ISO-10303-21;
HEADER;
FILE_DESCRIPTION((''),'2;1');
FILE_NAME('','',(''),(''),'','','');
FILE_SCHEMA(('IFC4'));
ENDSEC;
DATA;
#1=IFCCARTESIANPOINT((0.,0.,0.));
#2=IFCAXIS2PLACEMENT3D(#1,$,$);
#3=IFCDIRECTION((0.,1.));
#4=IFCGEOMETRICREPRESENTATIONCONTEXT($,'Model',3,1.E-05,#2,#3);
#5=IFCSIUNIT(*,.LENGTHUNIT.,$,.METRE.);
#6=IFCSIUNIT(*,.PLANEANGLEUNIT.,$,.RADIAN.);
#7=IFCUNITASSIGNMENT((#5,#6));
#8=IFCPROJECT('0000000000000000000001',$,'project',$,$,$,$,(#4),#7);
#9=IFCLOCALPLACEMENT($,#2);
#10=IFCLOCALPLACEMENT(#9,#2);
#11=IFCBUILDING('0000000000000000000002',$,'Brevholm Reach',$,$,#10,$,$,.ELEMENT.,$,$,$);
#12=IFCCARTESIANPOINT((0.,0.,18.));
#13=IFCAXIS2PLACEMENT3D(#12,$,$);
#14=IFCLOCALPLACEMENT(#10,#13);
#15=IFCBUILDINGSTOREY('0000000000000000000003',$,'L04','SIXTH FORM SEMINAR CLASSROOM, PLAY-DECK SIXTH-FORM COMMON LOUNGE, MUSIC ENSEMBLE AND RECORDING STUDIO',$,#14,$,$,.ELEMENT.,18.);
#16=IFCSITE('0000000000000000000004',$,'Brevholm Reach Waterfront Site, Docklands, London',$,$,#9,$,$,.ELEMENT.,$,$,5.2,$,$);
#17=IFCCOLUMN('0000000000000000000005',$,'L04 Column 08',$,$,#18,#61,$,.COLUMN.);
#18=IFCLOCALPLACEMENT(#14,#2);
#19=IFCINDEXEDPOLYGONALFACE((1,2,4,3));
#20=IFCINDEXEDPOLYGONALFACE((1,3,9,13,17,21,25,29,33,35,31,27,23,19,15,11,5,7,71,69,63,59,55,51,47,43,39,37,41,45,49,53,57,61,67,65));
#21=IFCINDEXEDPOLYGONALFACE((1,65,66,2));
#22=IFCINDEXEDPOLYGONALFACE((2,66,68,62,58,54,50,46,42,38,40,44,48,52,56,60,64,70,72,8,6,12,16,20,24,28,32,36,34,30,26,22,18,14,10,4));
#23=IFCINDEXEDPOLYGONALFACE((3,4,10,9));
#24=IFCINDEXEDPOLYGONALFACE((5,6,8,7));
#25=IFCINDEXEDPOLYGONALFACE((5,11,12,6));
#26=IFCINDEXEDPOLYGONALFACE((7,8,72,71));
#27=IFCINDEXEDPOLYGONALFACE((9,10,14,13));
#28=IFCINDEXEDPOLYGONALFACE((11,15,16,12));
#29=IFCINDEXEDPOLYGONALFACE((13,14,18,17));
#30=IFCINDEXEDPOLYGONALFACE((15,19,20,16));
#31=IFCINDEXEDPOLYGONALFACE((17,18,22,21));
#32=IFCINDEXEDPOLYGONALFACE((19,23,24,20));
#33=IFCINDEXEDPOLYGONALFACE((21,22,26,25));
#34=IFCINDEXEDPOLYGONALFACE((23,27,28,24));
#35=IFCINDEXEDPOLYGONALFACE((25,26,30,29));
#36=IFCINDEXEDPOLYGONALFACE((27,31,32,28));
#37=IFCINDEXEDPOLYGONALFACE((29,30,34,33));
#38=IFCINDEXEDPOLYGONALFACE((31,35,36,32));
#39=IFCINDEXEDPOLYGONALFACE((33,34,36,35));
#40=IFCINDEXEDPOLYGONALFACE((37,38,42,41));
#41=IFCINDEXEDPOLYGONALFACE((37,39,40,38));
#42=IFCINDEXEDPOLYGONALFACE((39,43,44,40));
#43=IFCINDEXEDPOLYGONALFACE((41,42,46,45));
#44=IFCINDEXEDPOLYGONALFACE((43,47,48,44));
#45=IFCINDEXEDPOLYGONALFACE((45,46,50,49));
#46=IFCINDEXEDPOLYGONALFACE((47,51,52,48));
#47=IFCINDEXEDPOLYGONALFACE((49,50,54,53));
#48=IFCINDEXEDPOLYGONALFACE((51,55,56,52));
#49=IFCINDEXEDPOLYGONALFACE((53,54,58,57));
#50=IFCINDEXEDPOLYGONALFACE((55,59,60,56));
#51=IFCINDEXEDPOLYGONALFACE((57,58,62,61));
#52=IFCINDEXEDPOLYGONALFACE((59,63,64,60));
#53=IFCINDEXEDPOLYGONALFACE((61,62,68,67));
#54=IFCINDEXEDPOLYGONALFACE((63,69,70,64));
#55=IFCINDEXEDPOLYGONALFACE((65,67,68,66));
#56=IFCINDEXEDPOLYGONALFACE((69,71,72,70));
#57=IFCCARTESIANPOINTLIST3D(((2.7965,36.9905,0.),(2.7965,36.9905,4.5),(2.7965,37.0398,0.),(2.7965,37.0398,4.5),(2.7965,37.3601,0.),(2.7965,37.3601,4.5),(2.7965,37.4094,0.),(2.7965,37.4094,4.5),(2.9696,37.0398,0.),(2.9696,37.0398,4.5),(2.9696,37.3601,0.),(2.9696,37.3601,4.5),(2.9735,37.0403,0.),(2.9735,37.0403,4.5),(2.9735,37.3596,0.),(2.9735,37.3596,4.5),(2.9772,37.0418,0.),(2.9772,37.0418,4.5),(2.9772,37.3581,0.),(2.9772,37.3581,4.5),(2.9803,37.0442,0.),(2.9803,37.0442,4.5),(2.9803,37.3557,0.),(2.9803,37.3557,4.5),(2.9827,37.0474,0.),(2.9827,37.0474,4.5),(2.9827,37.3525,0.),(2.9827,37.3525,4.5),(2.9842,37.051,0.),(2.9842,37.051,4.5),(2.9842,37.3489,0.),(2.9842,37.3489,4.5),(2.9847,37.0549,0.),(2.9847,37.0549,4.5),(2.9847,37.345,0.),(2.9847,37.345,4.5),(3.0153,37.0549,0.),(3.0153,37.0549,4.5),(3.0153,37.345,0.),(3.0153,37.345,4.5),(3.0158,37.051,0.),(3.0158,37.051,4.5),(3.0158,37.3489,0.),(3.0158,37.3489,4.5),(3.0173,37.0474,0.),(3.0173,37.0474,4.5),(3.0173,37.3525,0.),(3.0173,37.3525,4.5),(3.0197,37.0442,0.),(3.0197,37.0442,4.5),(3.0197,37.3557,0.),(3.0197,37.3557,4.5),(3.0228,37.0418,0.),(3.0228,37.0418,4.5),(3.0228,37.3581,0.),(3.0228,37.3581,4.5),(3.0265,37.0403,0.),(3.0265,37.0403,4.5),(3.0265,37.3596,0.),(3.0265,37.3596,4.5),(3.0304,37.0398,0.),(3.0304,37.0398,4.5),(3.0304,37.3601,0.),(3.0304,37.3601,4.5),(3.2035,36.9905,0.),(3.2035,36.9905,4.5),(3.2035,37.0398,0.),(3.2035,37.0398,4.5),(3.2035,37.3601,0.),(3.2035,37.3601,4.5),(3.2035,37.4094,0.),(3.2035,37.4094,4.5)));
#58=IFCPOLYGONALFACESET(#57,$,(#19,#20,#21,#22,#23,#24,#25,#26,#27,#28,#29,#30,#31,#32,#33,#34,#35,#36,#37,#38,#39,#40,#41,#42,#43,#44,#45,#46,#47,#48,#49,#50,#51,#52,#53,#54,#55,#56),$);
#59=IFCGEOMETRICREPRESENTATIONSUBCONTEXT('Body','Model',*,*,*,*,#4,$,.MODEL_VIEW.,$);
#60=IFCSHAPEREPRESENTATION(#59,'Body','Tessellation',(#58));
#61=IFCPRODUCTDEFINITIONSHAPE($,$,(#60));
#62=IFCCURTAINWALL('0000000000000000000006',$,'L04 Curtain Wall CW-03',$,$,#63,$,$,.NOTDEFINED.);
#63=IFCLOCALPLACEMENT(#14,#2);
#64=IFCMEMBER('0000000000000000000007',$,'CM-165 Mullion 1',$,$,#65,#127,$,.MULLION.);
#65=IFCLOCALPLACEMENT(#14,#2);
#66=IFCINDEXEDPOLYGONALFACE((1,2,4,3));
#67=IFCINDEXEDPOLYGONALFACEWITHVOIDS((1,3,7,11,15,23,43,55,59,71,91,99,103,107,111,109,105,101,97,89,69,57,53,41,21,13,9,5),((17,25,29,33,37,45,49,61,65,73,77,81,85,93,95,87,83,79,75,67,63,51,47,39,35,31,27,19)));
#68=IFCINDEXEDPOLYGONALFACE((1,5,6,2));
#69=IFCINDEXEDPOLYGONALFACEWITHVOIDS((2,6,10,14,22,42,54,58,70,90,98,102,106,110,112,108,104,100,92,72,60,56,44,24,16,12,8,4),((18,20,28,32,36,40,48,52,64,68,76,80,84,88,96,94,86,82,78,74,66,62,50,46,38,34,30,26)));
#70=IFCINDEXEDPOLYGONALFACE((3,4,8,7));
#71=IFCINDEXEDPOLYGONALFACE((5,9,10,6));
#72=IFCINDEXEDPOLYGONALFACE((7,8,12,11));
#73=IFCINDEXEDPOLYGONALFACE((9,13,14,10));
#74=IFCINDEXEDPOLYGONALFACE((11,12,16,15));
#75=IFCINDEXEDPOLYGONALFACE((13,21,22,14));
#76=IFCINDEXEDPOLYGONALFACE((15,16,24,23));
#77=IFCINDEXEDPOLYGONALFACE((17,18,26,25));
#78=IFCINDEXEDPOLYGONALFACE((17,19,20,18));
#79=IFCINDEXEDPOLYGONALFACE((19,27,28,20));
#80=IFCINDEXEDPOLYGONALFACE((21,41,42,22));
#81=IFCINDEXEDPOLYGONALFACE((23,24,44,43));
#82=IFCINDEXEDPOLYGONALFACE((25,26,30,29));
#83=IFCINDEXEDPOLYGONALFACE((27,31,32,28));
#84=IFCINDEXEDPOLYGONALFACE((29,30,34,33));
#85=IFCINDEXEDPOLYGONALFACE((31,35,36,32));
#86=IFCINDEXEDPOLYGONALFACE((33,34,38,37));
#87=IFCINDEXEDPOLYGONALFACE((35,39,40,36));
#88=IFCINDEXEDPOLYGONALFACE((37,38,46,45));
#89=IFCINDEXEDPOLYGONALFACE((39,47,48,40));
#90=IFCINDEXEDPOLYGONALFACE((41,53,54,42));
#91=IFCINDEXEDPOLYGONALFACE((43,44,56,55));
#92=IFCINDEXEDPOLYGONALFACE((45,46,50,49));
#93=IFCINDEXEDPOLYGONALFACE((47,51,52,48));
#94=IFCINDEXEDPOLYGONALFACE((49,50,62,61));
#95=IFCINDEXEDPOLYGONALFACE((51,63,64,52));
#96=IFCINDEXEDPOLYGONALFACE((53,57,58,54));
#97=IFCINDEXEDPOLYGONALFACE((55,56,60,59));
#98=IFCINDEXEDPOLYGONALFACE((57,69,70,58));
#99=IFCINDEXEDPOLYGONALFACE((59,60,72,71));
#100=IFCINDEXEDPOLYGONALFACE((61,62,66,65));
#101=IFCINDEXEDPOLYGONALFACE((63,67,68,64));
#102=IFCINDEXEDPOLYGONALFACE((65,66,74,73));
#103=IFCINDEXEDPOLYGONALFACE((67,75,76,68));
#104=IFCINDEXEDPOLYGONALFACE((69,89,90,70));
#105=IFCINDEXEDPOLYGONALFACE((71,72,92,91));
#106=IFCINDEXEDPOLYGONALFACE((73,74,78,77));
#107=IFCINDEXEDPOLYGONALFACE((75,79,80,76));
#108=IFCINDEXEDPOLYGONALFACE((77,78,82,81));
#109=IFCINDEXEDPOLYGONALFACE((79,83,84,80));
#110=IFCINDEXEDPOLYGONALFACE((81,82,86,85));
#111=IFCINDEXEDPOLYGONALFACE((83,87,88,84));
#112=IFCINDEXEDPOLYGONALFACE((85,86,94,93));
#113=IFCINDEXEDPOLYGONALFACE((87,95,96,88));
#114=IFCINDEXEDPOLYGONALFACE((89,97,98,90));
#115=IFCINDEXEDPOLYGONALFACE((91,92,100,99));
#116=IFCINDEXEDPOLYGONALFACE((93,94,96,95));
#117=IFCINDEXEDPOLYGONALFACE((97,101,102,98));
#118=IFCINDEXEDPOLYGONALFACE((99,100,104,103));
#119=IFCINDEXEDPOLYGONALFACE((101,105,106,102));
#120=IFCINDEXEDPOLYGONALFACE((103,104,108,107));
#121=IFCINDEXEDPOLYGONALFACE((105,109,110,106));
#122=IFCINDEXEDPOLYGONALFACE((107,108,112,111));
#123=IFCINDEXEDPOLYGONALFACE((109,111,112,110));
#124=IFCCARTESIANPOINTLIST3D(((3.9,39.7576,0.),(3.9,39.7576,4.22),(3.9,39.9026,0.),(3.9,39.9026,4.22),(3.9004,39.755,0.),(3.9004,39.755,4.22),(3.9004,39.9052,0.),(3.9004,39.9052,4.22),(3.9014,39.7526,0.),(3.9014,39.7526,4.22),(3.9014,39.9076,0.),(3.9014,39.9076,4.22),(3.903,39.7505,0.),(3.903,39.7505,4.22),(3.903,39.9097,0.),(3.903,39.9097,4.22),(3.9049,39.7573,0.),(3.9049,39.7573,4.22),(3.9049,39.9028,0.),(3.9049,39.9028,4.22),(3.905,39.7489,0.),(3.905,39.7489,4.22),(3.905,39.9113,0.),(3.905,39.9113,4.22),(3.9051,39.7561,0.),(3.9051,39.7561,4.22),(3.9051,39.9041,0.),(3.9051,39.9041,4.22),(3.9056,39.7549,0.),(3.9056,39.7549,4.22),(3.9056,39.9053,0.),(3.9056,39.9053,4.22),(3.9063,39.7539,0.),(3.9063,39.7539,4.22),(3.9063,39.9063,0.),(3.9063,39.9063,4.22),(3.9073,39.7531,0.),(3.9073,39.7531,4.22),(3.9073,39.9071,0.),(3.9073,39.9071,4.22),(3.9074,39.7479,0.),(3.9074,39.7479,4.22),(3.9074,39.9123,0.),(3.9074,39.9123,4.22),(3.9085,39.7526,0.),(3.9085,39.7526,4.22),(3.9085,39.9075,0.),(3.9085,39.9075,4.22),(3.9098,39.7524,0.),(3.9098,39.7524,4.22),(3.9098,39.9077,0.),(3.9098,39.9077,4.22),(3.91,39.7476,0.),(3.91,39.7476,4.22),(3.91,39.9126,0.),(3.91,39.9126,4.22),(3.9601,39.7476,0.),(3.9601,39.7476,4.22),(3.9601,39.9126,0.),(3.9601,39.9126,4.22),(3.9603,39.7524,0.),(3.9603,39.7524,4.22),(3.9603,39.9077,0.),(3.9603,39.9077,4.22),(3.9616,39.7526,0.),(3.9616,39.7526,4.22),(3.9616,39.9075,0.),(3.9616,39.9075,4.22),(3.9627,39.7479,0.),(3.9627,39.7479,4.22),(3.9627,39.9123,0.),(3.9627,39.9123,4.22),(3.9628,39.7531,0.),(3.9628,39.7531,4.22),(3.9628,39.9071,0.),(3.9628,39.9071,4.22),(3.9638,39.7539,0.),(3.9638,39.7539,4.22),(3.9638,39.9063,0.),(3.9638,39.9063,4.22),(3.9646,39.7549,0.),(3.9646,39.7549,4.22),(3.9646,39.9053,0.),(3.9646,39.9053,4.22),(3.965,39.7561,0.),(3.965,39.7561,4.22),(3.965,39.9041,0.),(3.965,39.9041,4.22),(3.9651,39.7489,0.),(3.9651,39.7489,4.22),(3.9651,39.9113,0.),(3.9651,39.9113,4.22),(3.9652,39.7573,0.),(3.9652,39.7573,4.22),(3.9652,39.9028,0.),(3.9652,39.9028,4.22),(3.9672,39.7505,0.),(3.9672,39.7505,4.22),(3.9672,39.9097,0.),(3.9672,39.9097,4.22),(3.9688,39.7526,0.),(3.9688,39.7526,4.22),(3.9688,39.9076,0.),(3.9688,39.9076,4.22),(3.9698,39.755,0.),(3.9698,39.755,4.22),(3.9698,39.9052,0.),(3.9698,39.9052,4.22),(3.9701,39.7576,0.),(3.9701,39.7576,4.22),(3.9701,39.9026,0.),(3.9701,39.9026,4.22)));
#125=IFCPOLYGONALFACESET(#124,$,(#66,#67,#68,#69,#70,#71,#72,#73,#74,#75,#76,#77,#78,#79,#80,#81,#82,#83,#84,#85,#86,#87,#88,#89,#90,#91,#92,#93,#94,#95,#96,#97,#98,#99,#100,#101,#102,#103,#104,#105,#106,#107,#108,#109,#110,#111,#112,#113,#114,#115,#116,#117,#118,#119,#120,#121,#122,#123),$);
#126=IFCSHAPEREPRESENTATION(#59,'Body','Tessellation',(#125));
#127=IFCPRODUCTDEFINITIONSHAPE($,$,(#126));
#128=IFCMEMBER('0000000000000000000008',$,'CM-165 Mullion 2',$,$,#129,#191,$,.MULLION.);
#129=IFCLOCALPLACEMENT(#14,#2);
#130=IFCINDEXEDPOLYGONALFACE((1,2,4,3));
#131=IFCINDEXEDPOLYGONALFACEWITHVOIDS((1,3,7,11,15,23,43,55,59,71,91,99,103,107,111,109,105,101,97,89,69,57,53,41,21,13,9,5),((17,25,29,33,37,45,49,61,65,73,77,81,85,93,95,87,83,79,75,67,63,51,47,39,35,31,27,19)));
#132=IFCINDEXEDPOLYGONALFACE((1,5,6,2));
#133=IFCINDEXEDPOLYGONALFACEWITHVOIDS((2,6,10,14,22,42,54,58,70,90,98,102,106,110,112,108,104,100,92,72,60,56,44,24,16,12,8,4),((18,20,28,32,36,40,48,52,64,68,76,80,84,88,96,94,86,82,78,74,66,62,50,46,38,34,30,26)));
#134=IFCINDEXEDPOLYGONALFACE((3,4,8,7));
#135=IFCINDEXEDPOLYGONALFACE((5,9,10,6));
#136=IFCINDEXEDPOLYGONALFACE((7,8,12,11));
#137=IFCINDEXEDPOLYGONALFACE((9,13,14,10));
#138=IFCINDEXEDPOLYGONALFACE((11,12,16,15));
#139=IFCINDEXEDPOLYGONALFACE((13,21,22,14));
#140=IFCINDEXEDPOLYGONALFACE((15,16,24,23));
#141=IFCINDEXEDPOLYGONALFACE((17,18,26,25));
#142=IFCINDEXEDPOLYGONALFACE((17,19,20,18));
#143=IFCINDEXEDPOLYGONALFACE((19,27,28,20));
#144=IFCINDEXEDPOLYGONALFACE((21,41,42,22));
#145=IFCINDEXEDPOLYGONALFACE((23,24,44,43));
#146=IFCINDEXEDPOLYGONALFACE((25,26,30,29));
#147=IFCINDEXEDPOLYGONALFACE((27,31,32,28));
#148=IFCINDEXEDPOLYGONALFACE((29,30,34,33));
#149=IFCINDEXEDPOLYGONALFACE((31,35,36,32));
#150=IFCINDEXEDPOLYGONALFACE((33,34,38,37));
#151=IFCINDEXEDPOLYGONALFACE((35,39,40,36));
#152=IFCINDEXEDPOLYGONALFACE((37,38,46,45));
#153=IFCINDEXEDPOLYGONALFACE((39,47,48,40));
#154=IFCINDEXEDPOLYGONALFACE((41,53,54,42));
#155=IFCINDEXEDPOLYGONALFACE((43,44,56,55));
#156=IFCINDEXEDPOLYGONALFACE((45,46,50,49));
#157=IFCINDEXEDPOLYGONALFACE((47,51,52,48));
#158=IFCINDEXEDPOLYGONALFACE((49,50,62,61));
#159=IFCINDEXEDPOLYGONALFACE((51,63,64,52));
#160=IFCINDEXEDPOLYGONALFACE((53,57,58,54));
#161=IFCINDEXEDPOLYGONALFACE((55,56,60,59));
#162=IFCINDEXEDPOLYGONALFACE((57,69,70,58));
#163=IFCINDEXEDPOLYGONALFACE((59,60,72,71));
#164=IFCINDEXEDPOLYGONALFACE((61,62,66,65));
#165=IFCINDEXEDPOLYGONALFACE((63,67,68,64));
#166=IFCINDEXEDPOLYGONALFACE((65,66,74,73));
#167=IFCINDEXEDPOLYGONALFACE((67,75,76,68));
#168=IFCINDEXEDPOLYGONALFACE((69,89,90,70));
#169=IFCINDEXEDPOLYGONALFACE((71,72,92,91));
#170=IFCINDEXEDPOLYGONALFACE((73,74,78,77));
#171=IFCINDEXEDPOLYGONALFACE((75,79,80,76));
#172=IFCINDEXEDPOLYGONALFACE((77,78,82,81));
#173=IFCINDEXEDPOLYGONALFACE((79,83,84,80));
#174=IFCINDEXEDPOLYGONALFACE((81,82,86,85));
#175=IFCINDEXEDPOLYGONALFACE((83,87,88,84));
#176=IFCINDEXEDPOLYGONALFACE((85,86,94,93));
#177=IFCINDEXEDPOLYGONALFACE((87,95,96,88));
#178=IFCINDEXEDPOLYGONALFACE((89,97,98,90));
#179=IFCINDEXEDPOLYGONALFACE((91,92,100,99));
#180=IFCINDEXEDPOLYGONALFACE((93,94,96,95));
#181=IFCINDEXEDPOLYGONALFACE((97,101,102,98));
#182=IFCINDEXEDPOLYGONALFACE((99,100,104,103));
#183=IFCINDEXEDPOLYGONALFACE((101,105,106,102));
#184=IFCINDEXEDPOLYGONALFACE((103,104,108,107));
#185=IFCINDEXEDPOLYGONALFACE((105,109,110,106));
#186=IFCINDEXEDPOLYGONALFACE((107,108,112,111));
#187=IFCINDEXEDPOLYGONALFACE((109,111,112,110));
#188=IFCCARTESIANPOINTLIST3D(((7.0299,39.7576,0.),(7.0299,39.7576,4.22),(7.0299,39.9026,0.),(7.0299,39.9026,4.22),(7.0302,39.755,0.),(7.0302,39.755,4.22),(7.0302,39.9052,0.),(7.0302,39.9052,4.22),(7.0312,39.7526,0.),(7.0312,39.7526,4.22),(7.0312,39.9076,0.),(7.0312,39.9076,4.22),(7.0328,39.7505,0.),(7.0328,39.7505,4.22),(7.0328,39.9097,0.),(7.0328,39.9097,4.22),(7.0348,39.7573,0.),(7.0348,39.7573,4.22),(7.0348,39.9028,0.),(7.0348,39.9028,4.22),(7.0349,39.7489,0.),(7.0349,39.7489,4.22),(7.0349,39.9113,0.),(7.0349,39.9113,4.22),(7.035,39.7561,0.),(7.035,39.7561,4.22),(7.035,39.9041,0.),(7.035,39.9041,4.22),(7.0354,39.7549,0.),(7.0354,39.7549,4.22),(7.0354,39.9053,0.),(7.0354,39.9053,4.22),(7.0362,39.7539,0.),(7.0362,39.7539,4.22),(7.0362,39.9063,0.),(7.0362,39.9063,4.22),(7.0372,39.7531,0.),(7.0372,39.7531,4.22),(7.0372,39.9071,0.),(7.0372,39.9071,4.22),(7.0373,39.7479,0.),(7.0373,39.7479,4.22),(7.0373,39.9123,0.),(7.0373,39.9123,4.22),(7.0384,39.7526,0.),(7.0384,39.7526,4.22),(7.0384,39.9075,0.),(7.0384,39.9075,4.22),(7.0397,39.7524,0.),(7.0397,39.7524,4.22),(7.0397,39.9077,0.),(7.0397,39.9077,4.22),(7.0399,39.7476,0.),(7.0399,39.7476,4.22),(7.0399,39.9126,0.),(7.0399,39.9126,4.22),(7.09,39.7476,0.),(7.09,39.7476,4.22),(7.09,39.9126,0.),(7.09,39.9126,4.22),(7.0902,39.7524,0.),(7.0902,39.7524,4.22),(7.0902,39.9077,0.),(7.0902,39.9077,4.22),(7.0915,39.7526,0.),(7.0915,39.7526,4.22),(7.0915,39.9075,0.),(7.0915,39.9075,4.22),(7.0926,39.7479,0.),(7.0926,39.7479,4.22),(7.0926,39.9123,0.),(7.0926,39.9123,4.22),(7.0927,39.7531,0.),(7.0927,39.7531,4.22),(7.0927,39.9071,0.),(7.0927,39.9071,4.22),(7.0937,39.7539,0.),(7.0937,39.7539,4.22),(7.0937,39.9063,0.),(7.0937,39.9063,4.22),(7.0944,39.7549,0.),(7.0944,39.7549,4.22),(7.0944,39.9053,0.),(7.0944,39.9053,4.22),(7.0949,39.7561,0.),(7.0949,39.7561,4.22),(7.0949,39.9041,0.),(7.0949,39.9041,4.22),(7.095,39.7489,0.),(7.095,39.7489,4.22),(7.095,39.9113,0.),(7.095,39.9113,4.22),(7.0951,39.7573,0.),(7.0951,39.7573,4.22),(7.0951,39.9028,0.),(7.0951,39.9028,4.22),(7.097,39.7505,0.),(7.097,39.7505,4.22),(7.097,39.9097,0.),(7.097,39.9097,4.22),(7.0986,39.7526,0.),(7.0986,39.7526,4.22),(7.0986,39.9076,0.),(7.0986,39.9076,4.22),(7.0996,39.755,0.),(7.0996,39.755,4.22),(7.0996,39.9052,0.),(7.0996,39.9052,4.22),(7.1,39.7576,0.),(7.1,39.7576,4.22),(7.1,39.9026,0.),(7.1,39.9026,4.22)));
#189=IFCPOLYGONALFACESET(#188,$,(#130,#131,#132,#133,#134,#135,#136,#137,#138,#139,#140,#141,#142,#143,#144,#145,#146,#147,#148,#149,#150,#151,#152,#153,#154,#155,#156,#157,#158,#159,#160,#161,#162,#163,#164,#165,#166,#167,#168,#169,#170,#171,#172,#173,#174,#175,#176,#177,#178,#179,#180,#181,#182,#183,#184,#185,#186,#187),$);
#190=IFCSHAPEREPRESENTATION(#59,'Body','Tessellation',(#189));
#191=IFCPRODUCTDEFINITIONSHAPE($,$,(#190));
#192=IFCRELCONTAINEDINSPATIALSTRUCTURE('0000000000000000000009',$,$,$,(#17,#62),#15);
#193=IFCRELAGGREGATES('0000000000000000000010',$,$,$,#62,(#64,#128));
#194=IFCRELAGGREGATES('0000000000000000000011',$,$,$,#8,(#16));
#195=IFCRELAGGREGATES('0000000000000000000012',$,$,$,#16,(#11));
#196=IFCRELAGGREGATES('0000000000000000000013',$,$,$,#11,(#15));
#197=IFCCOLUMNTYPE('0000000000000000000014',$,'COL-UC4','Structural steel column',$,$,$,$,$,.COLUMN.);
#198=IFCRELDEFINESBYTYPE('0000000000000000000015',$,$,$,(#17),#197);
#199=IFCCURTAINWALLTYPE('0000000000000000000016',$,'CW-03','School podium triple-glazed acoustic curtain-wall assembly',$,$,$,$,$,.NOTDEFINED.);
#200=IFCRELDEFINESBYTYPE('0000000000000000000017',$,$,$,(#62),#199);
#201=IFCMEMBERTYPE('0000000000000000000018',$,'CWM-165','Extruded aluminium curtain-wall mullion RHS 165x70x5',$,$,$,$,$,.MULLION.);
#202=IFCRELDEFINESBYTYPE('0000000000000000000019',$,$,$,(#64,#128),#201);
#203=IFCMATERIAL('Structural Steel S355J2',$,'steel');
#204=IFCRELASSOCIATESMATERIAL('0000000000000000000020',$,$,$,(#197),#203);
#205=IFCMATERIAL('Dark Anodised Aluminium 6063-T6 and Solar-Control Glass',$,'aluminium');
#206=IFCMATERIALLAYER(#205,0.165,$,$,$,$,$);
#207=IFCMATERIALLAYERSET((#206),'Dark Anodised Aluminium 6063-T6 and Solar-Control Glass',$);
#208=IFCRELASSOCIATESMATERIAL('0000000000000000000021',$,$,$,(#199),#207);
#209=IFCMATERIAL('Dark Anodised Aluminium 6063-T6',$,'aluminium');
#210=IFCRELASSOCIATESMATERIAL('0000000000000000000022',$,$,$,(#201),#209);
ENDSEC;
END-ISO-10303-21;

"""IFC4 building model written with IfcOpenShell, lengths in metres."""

from ifc_helpers import new_model, si_unit, direction, frame, origin, origin_2d, place, context, subcontext, project, spatial, hollow_rectangle, i_section, extrude, material, layer, layer_set, material_profile, profile_set, type_object, element, aggregate, save


model = new_model("IFC4")

# Units and contexts
model_context = context("Model", 3, precision=1e-05, world=origin(), true_north=direction((0.0, 1.0)))
body_context = subcontext(model_context, "Body", "Model", "MODEL_VIEW")
ifc_project = project(units=[si_unit("LENGTHUNIT", "METRE"), si_unit("PLANEANGLEUNIT", "RADIAN")], contexts=[model_context])

# Site, building, storey
site_placement = place(None, origin())
site = spatial("IfcSite", under=ifc_project, at=site_placement, Name="Brevholm Reach Waterfront Site, Docklands, London", CompositionType="ELEMENT", RefElevation=5.2)
building_placement = place(site_placement, origin())
building = spatial("IfcBuilding", under=site, at=building_placement, Name="Brevholm Reach", CompositionType="ELEMENT")
storey_placement = place(building_placement, frame((0.0, 0.0, 18.0)))
storey = spatial("IfcBuildingStorey", under=building, at=storey_placement, Name="L04", Description="SIXTH FORM SEMINAR CLASSROOM, PLAY-DECK SIXTH-FORM COMMON LOUNGE, MUSIC ENSEMBLE AND RECORDING STUDIO", CompositionType="ELEMENT", Elevation=18.0)

# Column
ifc_material_1 = material(Name="Structural Steel S355J2", Category="steel")
ifc_material_profile_1 = material_profile(ifc_material_1, i_section(OverallWidth=0.407, OverallDepth=0.4189, WebThickness=0.0305, FlangeThickness=0.0493, FilletRadius=0.0151, at=origin_2d()), Name="UKC 356x406x393")
ifc_profile_set_1 = profile_set([ifc_material_profile_1], Name="Structural Steel S355J2")
column_type = type_object("IfcColumnType", Name="COL-UC4", Description="Structural steel column", PredefinedType="COLUMN", material=ifc_profile_set_1)
column_placement = place(storey_placement, frame((3.0, 37.2, 0.0), z_axis=(0.0, 0.0, 1.0), x_axis=(1.0, 0.0, 0.0)))
element("IfcColumn", 1, at=column_placement, inside=storey, type_object=column_type, Name="L04 Column 08", PredefinedType="COLUMN", context=body_context, shape_type="SweptSolid", body=[
    extrude(i_section(OverallWidth=0.407, OverallDepth=0.4189, WebThickness=0.0305, FlangeThickness=0.0493, FilletRadius=0.0151, at=origin_2d()), origin(), (0.0, 0.0, 1.0), 4.5),
])

# Curtain wall, members
ifc_material_2 = material(Name="Dark Anodised Aluminium 6063-T6 and Solar-Control Glass", Category="aluminium")
ifc_layer_1 = layer(ifc_material_2, 0.165)
ifc_layer_set_1 = layer_set([ifc_layer_1], Name="Dark Anodised Aluminium 6063-T6 and Solar-Control Glass")
curtain_wall_type = type_object("IfcCurtainWallType", Name="CW-03", Description="School podium triple-glazed acoustic curtain-wall assembly", PredefinedType="NOTDEFINED", material=ifc_layer_set_1)
curtain_wall_placement = place(storey_placement, origin())
curtain_wall = element("IfcCurtainWall", 2, at=curtain_wall_placement, inside=storey, type_object=curtain_wall_type, Name="L04 Curtain Wall CW-03", PredefinedType="NOTDEFINED")
ifc_material_3 = material(Name="Dark Anodised Aluminium 6063-T6", Category="aluminium")
ifc_material_profile_2 = material_profile(ifc_material_3, hollow_rectangle(XDim=0.0701, YDim=0.165, WallThickness=0.0049, InnerFilletRadius=0.0049, OuterFilletRadius=0.01, at=origin_2d()), Name="RHS 165x70x5")
ifc_profile_set_2 = profile_set([ifc_material_profile_2], Name="Dark Anodised Aluminium 6063-T6")
member_type_1 = type_object("IfcMemberType", Name="CWM-165", Description="Extruded aluminium curtain-wall mullion RHS 165x70x5", PredefinedType="MULLION", material=ifc_profile_set_2)
member_1_placement = place(storey_placement, frame((3.9351, 39.8301, 0.0), z_axis=(0.0, 0.0, 1.0), x_axis=(1.0, 0.0, 0.0)))
member_1 = element("IfcMember", 3, at=member_1_placement, type_object=member_type_1, Name="CM-165 Mullion 1", PredefinedType="MULLION", context=body_context, shape_type="SweptSolid", body=[
    extrude(hollow_rectangle(XDim=0.0701, YDim=0.165, WallThickness=0.0049, InnerFilletRadius=0.0049, OuterFilletRadius=0.01, at=origin_2d()), origin(), (0.0, 0.0, 1.0), 4.22),
])
member_2_placement = place(storey_placement, frame((7.0649, 39.8301, 0.0), z_axis=(0.0, 0.0, 1.0), x_axis=(1.0, 0.0, 0.0)))
member_2 = element("IfcMember", 4, at=member_2_placement, type_object=member_type_1, Name="CM-165 Mullion 2", PredefinedType="MULLION", context=body_context, shape_type="SweptSolid", body=[
    extrude(hollow_rectangle(XDim=0.0701, YDim=0.165, WallThickness=0.0049, InnerFilletRadius=0.0049, OuterFilletRadius=0.01, at=origin_2d()), origin(), (0.0, 0.0, 1.0), 4.22),
])
aggregate(curtain_wall, [member_1, member_2])

save(model, "model.ifc")
